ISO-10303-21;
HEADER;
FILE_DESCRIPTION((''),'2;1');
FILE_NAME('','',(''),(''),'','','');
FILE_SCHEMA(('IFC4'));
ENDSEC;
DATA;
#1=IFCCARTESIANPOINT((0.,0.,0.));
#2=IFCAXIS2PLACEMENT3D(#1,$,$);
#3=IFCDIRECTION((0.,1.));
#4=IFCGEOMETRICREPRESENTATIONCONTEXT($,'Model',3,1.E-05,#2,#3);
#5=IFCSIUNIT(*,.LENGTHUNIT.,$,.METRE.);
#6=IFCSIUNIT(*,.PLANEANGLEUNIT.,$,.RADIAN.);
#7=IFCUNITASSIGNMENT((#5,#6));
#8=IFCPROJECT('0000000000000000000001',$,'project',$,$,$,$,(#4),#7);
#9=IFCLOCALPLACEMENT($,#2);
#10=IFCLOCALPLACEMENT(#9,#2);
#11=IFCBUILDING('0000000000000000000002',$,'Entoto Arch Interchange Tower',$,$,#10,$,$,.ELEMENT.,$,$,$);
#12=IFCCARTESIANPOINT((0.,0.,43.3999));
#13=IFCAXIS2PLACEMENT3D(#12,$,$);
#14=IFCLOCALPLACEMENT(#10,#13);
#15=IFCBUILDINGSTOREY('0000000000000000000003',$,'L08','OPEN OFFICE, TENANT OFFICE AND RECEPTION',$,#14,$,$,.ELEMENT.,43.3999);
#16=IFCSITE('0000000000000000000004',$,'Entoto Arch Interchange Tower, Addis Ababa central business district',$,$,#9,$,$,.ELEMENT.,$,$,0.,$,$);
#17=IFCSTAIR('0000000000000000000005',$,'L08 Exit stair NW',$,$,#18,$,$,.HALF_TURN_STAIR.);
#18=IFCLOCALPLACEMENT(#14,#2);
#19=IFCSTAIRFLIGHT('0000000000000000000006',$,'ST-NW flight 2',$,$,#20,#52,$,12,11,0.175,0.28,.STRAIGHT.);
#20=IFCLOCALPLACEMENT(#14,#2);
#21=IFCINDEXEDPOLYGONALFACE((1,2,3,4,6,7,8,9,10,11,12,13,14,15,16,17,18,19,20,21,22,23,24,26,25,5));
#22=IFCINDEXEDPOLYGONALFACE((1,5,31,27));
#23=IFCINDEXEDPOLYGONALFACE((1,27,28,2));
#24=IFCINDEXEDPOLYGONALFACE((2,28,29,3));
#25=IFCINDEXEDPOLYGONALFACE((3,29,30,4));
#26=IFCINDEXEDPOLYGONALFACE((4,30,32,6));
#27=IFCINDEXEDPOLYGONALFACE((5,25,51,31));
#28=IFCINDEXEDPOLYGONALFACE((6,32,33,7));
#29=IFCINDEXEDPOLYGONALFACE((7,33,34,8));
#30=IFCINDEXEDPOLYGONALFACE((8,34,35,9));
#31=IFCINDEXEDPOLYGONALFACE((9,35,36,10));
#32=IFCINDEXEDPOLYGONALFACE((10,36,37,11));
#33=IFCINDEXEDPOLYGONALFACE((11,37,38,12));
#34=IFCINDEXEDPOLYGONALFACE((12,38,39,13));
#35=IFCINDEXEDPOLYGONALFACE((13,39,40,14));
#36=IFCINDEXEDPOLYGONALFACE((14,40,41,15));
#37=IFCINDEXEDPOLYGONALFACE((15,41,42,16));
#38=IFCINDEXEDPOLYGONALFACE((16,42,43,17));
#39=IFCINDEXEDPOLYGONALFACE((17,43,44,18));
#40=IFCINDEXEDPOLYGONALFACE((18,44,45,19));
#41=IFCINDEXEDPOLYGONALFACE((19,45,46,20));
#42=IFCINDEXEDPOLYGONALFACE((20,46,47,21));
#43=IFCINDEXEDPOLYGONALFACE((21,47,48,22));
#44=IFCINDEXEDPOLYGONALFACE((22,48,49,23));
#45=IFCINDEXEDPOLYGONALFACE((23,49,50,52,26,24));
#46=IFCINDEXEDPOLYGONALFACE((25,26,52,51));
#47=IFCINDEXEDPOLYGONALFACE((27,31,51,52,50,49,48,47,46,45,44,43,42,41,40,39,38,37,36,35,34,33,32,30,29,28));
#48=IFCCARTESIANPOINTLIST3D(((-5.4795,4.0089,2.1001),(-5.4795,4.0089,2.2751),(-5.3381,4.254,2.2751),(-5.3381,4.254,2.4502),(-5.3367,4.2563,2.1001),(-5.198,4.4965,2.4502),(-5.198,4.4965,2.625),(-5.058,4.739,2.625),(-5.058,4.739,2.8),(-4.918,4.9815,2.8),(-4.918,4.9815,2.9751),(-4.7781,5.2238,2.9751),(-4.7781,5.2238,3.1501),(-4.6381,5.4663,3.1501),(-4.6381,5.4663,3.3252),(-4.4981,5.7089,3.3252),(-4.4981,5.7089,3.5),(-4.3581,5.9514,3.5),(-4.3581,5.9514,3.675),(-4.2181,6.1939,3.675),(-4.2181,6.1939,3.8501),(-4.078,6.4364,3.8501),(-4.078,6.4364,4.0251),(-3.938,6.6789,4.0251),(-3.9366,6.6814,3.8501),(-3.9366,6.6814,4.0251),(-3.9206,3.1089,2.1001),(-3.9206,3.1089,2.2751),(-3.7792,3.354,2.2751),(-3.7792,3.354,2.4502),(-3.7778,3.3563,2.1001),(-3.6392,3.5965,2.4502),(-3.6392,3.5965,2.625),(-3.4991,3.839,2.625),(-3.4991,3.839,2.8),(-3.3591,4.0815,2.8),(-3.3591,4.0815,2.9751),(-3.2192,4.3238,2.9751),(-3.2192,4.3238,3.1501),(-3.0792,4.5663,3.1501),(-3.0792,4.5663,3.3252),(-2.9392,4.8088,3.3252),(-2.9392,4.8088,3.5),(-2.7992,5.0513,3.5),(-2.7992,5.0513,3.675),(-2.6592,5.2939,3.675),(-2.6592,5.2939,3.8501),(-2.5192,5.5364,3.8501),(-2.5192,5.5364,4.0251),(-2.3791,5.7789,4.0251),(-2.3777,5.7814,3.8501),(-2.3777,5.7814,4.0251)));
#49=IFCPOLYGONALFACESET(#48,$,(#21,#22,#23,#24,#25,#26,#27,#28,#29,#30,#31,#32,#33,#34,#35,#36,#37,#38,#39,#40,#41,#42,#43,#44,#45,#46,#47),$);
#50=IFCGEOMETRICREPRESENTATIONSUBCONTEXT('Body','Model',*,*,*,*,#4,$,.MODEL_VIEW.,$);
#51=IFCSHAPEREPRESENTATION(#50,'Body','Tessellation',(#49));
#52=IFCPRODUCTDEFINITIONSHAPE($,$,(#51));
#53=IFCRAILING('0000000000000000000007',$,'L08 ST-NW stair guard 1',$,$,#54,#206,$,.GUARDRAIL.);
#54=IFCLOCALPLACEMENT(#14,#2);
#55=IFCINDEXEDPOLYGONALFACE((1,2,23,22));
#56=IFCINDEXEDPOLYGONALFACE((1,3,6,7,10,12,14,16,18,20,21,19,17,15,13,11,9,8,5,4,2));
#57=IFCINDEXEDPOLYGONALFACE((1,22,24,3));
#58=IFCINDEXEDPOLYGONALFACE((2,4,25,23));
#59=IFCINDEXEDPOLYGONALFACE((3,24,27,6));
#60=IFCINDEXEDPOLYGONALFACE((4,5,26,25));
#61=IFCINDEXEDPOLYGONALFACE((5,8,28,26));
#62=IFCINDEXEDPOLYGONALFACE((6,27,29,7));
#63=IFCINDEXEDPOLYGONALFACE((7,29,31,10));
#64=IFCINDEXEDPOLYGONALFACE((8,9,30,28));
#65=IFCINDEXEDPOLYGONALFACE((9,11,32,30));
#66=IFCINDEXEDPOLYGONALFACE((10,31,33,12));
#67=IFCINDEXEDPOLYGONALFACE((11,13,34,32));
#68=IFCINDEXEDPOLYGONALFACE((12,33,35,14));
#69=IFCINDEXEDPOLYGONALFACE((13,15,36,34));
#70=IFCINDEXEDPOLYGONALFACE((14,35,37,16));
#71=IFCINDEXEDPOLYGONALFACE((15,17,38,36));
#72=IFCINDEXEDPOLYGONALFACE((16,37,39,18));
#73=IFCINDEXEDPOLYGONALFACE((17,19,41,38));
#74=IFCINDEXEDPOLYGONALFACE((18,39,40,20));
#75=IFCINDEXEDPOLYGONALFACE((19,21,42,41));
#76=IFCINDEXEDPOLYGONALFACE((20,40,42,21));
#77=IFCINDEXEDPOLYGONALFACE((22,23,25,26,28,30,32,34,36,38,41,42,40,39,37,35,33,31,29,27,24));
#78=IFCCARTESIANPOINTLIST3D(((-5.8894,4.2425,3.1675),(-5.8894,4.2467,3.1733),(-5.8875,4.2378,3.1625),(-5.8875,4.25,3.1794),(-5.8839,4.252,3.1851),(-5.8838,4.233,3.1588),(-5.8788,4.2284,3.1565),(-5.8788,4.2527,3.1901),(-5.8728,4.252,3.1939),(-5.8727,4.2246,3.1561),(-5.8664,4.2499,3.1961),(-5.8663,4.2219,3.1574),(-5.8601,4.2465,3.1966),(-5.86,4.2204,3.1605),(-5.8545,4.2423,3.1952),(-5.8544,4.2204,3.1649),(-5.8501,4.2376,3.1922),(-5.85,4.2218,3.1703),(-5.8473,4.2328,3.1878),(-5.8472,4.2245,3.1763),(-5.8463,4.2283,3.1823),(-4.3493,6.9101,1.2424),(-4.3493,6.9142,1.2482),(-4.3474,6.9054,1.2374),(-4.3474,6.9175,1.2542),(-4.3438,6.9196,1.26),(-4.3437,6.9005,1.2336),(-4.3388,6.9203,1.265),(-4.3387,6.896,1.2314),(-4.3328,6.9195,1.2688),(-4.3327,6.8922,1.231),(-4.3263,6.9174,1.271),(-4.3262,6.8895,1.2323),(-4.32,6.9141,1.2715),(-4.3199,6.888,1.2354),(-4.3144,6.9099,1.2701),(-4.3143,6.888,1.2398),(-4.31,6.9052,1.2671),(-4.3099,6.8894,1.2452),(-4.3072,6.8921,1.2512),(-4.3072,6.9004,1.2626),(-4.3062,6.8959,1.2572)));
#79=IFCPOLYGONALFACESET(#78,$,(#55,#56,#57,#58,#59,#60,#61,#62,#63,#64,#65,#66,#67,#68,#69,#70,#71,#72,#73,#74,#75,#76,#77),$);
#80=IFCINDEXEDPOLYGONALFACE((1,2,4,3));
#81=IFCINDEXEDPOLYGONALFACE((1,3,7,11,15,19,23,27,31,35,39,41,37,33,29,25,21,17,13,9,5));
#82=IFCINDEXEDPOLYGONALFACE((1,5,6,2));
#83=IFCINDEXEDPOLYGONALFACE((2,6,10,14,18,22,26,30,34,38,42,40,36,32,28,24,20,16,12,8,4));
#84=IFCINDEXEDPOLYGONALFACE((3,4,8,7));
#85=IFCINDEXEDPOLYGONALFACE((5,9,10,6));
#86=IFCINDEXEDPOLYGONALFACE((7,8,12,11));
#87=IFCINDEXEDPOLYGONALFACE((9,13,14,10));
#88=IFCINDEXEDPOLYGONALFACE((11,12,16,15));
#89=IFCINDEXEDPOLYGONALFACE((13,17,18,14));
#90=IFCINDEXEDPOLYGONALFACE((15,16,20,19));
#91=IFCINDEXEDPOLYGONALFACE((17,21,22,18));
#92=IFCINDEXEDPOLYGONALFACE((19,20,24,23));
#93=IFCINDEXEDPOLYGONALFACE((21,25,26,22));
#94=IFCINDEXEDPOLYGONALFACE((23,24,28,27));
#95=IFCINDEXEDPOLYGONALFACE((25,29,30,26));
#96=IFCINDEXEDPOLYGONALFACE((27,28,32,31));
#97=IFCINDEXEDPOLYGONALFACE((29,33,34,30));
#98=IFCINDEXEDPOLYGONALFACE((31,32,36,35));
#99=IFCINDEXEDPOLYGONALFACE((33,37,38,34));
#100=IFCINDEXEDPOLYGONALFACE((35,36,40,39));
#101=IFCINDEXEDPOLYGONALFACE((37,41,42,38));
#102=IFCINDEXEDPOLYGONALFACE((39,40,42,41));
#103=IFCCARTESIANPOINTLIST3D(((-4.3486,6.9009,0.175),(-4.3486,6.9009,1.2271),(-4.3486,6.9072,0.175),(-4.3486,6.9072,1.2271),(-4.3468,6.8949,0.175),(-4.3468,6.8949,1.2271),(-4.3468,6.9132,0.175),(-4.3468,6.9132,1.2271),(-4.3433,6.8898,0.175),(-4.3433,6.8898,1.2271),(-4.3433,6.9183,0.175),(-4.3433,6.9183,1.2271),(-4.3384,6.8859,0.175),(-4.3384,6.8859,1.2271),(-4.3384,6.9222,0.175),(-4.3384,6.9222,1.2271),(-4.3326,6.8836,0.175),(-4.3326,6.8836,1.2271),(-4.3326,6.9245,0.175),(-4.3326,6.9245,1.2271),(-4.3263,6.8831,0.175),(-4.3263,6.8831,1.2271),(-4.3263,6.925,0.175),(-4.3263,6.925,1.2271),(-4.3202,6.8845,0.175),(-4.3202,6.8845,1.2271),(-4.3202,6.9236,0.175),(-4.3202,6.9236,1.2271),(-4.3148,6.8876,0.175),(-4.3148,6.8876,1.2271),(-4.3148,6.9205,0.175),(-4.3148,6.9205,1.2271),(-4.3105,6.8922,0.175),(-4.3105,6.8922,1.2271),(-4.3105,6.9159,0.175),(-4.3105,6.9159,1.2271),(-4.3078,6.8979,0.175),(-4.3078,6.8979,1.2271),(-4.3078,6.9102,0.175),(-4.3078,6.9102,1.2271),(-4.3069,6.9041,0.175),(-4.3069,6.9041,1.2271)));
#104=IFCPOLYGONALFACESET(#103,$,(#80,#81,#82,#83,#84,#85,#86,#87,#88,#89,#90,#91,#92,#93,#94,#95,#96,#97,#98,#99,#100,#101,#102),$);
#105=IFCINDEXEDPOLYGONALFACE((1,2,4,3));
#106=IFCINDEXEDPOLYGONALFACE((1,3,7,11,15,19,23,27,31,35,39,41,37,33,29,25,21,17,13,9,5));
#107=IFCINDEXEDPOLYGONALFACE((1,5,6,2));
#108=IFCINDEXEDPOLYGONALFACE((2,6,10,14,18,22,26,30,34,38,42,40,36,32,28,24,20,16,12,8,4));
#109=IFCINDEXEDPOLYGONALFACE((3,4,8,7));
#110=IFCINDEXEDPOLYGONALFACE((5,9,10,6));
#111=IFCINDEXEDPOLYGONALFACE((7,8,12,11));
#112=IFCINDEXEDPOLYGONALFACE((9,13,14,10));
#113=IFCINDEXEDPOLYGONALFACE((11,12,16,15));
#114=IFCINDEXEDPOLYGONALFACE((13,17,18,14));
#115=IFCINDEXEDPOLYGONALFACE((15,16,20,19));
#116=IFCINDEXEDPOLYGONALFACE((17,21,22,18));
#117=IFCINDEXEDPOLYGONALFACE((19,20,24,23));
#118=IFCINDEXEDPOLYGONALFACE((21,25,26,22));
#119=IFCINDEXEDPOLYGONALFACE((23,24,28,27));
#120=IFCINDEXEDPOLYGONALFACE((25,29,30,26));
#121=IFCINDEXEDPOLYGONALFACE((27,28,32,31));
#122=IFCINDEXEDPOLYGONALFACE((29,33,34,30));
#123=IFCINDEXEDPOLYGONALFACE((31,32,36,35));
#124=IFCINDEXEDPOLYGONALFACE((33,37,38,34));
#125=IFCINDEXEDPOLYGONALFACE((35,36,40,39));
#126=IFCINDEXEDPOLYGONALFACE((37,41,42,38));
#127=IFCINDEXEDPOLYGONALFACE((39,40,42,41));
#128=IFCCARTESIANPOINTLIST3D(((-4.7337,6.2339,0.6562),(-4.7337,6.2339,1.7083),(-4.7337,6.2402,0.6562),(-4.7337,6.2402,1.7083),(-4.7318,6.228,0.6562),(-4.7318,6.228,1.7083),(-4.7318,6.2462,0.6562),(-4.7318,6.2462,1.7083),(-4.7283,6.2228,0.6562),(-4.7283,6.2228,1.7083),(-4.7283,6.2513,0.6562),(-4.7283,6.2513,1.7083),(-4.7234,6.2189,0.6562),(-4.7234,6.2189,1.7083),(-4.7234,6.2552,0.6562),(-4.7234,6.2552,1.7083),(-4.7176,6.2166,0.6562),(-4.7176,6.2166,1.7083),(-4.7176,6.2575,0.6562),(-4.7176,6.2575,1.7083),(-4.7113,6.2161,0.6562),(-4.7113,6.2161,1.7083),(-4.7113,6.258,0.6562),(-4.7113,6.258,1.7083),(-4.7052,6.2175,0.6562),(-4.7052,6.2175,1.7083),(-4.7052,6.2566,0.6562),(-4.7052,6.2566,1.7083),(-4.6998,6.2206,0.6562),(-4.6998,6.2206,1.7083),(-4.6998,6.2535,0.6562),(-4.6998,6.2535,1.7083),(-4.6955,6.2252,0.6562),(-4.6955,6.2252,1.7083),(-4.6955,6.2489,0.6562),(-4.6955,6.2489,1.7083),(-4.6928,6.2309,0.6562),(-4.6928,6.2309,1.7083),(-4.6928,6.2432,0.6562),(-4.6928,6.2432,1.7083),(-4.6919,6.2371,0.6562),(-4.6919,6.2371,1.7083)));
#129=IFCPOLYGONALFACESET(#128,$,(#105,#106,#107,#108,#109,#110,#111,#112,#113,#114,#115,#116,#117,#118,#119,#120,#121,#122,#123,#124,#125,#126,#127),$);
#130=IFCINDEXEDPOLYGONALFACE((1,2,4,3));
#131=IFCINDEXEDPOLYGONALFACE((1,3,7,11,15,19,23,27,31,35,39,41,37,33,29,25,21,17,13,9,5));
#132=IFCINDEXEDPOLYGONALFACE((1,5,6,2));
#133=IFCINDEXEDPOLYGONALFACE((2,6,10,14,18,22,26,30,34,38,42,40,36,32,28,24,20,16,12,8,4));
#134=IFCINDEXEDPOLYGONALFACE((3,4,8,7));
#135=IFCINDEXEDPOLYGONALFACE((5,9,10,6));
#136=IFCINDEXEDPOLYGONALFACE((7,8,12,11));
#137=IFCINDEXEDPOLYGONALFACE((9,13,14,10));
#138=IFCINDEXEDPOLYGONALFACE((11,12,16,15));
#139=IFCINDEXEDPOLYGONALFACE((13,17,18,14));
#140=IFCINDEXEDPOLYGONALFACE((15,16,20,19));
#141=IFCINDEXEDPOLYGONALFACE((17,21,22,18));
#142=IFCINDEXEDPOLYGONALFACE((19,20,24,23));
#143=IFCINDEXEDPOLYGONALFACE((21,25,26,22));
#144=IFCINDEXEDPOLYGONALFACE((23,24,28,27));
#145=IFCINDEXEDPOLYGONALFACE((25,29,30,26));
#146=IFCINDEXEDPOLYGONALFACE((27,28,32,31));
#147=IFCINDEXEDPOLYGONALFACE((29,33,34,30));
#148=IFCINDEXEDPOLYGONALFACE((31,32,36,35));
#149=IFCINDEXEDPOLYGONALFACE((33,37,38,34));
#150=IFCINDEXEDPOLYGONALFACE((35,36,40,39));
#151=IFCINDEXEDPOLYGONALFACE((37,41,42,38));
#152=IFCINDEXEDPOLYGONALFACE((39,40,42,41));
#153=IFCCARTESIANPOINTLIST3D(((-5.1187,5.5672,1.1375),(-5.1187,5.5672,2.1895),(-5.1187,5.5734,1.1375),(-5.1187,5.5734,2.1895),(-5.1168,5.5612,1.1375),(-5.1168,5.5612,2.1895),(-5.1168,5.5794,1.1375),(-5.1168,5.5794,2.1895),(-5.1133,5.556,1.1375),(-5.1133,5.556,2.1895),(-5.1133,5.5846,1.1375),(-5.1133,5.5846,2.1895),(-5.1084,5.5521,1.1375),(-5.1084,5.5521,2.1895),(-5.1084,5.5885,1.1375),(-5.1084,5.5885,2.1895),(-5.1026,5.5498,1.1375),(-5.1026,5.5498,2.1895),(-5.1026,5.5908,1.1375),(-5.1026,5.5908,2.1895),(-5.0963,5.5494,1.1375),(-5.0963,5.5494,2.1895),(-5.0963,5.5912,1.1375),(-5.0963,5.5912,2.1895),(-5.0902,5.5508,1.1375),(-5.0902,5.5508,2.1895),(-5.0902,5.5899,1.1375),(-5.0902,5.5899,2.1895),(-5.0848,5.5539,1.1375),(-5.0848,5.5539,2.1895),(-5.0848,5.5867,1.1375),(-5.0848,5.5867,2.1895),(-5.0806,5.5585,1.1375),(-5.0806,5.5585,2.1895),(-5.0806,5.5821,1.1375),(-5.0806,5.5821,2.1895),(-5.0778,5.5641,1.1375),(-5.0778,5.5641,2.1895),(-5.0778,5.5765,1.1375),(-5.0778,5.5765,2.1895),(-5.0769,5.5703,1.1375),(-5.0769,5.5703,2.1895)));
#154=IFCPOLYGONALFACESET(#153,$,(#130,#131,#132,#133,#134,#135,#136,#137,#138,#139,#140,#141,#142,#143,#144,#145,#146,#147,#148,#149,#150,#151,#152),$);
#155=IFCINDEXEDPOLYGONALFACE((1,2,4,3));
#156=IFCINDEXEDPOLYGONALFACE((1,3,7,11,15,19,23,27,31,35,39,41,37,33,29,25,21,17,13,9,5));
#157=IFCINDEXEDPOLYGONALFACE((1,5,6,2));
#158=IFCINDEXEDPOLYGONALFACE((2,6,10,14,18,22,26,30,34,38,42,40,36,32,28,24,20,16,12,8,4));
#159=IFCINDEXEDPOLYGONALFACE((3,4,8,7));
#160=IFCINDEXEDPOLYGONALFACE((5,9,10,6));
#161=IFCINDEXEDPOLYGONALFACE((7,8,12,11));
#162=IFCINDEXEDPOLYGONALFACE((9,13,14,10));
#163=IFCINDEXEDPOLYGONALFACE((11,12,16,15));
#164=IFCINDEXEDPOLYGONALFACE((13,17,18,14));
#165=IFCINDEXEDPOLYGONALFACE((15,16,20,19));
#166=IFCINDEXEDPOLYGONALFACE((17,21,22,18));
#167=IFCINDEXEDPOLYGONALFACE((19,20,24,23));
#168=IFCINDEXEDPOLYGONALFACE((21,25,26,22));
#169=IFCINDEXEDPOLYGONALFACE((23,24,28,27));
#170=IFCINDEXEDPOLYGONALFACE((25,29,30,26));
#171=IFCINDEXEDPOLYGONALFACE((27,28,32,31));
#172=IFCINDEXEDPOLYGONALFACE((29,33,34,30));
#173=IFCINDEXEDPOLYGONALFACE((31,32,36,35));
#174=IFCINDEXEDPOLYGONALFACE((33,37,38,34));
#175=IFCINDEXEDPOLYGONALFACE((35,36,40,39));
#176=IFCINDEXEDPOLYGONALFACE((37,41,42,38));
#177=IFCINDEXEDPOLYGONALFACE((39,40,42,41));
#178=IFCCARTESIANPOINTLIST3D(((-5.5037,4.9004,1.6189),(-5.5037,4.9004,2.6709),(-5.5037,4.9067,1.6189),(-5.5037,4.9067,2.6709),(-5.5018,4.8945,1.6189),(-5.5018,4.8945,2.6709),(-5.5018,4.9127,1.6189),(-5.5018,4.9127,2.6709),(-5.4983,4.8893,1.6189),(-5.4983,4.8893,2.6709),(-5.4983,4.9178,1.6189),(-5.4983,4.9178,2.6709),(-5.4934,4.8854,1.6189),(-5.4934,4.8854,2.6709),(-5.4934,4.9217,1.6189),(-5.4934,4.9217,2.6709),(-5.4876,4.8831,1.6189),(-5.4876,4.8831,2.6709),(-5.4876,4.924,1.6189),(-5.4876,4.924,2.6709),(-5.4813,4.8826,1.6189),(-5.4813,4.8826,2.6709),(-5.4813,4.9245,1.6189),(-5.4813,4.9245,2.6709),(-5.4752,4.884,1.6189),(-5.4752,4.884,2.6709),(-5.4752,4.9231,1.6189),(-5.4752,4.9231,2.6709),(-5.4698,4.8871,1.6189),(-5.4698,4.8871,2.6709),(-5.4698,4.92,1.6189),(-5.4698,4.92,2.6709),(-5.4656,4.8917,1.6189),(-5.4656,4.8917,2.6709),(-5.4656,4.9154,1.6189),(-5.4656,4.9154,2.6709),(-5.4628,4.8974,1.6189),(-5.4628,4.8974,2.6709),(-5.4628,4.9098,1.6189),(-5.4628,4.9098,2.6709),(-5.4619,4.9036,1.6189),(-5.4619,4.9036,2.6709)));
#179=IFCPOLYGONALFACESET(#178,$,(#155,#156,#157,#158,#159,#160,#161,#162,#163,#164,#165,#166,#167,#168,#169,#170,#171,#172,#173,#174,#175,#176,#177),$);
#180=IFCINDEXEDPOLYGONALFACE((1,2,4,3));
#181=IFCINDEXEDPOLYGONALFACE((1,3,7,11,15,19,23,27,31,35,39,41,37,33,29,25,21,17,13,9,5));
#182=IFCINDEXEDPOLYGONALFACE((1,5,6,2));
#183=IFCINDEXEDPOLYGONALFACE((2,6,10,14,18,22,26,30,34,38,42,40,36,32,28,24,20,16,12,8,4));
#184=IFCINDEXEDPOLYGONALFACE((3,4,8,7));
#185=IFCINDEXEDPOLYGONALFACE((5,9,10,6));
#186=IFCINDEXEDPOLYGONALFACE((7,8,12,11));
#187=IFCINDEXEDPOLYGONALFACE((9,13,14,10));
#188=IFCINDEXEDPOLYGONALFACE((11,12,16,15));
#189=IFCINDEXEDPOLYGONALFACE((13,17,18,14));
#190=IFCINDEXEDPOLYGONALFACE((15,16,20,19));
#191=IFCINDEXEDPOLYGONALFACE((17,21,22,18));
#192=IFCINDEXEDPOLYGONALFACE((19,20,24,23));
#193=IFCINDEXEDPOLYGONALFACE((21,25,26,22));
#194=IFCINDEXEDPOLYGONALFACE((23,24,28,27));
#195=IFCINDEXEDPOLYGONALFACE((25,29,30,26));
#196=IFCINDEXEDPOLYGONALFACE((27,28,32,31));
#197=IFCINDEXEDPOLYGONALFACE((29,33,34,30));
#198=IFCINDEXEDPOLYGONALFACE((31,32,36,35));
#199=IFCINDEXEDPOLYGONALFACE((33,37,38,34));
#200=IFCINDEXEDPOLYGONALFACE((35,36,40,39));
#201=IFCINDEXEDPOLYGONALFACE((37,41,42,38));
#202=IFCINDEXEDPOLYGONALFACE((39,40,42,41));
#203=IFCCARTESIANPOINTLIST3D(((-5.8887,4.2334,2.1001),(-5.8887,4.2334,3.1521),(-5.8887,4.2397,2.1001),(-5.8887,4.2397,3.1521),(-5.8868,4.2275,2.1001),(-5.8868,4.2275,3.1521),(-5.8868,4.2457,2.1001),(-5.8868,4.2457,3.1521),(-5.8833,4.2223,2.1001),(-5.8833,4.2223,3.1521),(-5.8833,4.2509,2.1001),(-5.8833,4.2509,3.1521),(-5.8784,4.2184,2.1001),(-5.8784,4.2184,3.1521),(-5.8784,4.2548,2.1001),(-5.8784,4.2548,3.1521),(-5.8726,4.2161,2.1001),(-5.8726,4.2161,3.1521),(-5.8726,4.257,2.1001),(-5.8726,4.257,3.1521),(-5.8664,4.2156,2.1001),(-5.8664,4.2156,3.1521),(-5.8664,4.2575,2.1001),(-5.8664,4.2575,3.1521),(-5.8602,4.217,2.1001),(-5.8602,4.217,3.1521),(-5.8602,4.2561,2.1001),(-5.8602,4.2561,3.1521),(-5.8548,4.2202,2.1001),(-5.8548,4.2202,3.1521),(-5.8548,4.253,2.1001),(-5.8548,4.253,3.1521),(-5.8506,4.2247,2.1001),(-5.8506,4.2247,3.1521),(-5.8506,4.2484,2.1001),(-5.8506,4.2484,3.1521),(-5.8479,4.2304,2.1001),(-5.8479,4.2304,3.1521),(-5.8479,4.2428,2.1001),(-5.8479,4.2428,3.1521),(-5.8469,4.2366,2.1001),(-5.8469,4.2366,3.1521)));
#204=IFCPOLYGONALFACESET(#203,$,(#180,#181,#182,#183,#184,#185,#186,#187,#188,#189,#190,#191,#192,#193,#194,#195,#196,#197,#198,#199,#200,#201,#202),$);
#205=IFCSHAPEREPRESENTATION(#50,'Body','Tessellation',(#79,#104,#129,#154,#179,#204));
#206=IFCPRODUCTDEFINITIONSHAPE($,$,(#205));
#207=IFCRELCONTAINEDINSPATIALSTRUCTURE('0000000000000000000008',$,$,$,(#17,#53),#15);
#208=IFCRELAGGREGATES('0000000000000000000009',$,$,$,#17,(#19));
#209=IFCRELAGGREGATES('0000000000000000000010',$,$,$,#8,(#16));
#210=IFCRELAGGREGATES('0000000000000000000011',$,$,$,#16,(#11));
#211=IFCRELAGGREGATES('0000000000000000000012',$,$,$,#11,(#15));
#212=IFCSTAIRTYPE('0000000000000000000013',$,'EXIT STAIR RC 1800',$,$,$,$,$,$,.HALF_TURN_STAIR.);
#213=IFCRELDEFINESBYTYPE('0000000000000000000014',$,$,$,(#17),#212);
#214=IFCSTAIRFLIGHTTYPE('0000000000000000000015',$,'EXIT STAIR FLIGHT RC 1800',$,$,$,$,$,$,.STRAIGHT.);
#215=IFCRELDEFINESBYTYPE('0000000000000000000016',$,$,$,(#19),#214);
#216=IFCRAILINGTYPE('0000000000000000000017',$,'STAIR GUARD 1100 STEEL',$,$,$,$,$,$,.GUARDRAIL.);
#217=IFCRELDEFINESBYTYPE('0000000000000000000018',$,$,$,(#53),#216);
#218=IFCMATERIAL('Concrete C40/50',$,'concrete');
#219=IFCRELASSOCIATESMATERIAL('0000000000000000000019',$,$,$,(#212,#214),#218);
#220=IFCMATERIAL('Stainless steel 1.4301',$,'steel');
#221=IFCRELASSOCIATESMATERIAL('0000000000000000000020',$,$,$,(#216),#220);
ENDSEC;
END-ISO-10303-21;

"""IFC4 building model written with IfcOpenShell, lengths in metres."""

from ifc_helpers import new_model, si_unit, direction, frame, origin, origin_2d, place, context, subcontext, project, spatial, polyline, circle, outline, extrude, material, type_object, element, aggregate, save


model = new_model("IFC4")

# Units and contexts
model_context = context("Model", 3, precision=1e-05, world=origin(), true_north=direction((0.0, 1.0)))
body_context = subcontext(model_context, "Body", "Model", "MODEL_VIEW")
ifc_project = project(units=[si_unit("LENGTHUNIT", "METRE"), si_unit("PLANEANGLEUNIT", "RADIAN")], contexts=[model_context])

# Site, building, storey
site_placement = place(None, origin())
site = spatial("IfcSite", under=ifc_project, at=site_placement, Name="Entoto Arch Interchange Tower, Addis Ababa central business district", CompositionType="ELEMENT", RefElevation=0.0)
building_placement = place(site_placement, origin())
building = spatial("IfcBuilding", under=site, at=building_placement, Name="Entoto Arch Interchange Tower", CompositionType="ELEMENT")
storey_placement = place(building_placement, frame((0.0, 0.0, 43.3999)))
storey = spatial("IfcBuildingStorey", under=building, at=storey_placement, Name="L08", Description="OPEN OFFICE, TENANT OFFICE AND RECEPTION", CompositionType="ELEMENT", Elevation=43.3999)

# Shared definitions
ifc_material_1 = material(Name="Concrete C40/50", Category="concrete")

# Stair, stair flight
stair_type = type_object("IfcStairType", Name="EXIT STAIR RC 1800", PredefinedType="HALF_TURN_STAIR", material=ifc_material_1)
stair_placement = place(storey_placement, origin())
stair = element("IfcStair", 1, at=stair_placement, inside=storey, type_object=stair_type, Name="L08 Exit stair NW", PredefinedType="HALF_TURN_STAIR")
stair_flight_type = type_object("IfcStairFlightType", Name="EXIT STAIR FLIGHT RC 1800", PredefinedType="STRAIGHT", material=ifc_material_1)
stair_flight_placement = place(storey_placement, frame((-4.6987, 3.5615, 2.1001), z_axis=(0.0, 0.0, 1.0), x_axis=(0.5, 0.866025, 0.0)))
stair_flight = element("IfcStairFlight", 2, at=stair_flight_placement, type_object=stair_flight_type, Name="ST-NW flight 2", NumberOfRisers=12, NumberOfTreads=11, PredefinedType="STRAIGHT", RiserHeight=0.175, TreadLength=0.28, context=body_context, shape_type="SweptSolid", body=[
    extrude(outline(polyline([(-0.0029, 0.0), (-0.0029, 0.175), (0.28, 0.175), (0.28, 0.3501), (0.5601, 0.3501), (0.5601, 0.5249), (0.8401, 0.5249), (0.8401, 0.7), (1.1201, 0.7), (1.1201, 0.875), (1.3999, 0.875), (1.3999, 1.05), (1.6799, 1.05), (1.6799, 1.2251), (1.96, 1.2251), (1.96, 1.3999), (2.24, 1.3999), (2.24, 1.575), (2.52, 1.575), (2.52, 1.75), (2.8, 1.75), (2.8, 1.925), (3.0801, 1.925), (3.083, 1.925), (3.083, 1.75), (0.2827, 0.0), (-0.0029, 0.0)])), frame((0.0, 0.8999, 0.0), z_axis=(0.0, -1.0, 0.0), x_axis=(1.0, 0.0, 0.0)), (0.0, 0.0, 1.0), 1.8),
])
aggregate(stair, [stair_flight])

# Railing
ifc_material_2 = material(Name="Stainless steel 1.4301", Category="steel")
railing_type_1 = type_object("IfcRailingType", Name="STAIR GUARD 1100 STEEL", PredefinedType="GUARDRAIL", material=ifc_material_2)
railing_1_placement = place(storey_placement, frame((-4.3279, 6.9041, 0.175)))
element("IfcRailing", 3, at=railing_1_placement, inside=storey, type_object=railing_type_1, Name="L08 ST-NW stair guard 1", PredefinedType="GUARDRAIL", context=body_context, shape_type="SweptSolid", body=[
    extrude(circle(Radius=0.0239, at=origin_2d()), frame((0.0, 0.0, 1.0762), z_axis=(-0.423994, -0.734395, 0.529993), x_axis=(0.86603, -0.499992, 0.0)), (0.0, 0.0, 1.0), 3.6323),
    extrude(circle(Radius=0.021, at=origin_2d()), origin(), (0.0, 0.0, 1.0), 1.052),
    extrude(circle(Radius=0.021, at=origin_2d()), frame((-0.385, -0.667, 0.4812)), (0.0, 0.0, 1.0), 1.052),
    extrude(circle(Radius=0.021, at=origin_2d()), frame((-0.77, -1.3337, 0.9624)), (0.0, 0.0, 1.0), 1.052),
    extrude(circle(Radius=0.021, at=origin_2d()), frame((-1.155, -2.0005, 1.4438)), (0.0, 0.0, 1.0), 1.052),
    extrude(circle(Radius=0.021, at=origin_2d()), frame((-1.54, -2.6675, 1.925)), (0.0, 0.0, 1.0), 1.052),
])

save(model, "model.ifc")
